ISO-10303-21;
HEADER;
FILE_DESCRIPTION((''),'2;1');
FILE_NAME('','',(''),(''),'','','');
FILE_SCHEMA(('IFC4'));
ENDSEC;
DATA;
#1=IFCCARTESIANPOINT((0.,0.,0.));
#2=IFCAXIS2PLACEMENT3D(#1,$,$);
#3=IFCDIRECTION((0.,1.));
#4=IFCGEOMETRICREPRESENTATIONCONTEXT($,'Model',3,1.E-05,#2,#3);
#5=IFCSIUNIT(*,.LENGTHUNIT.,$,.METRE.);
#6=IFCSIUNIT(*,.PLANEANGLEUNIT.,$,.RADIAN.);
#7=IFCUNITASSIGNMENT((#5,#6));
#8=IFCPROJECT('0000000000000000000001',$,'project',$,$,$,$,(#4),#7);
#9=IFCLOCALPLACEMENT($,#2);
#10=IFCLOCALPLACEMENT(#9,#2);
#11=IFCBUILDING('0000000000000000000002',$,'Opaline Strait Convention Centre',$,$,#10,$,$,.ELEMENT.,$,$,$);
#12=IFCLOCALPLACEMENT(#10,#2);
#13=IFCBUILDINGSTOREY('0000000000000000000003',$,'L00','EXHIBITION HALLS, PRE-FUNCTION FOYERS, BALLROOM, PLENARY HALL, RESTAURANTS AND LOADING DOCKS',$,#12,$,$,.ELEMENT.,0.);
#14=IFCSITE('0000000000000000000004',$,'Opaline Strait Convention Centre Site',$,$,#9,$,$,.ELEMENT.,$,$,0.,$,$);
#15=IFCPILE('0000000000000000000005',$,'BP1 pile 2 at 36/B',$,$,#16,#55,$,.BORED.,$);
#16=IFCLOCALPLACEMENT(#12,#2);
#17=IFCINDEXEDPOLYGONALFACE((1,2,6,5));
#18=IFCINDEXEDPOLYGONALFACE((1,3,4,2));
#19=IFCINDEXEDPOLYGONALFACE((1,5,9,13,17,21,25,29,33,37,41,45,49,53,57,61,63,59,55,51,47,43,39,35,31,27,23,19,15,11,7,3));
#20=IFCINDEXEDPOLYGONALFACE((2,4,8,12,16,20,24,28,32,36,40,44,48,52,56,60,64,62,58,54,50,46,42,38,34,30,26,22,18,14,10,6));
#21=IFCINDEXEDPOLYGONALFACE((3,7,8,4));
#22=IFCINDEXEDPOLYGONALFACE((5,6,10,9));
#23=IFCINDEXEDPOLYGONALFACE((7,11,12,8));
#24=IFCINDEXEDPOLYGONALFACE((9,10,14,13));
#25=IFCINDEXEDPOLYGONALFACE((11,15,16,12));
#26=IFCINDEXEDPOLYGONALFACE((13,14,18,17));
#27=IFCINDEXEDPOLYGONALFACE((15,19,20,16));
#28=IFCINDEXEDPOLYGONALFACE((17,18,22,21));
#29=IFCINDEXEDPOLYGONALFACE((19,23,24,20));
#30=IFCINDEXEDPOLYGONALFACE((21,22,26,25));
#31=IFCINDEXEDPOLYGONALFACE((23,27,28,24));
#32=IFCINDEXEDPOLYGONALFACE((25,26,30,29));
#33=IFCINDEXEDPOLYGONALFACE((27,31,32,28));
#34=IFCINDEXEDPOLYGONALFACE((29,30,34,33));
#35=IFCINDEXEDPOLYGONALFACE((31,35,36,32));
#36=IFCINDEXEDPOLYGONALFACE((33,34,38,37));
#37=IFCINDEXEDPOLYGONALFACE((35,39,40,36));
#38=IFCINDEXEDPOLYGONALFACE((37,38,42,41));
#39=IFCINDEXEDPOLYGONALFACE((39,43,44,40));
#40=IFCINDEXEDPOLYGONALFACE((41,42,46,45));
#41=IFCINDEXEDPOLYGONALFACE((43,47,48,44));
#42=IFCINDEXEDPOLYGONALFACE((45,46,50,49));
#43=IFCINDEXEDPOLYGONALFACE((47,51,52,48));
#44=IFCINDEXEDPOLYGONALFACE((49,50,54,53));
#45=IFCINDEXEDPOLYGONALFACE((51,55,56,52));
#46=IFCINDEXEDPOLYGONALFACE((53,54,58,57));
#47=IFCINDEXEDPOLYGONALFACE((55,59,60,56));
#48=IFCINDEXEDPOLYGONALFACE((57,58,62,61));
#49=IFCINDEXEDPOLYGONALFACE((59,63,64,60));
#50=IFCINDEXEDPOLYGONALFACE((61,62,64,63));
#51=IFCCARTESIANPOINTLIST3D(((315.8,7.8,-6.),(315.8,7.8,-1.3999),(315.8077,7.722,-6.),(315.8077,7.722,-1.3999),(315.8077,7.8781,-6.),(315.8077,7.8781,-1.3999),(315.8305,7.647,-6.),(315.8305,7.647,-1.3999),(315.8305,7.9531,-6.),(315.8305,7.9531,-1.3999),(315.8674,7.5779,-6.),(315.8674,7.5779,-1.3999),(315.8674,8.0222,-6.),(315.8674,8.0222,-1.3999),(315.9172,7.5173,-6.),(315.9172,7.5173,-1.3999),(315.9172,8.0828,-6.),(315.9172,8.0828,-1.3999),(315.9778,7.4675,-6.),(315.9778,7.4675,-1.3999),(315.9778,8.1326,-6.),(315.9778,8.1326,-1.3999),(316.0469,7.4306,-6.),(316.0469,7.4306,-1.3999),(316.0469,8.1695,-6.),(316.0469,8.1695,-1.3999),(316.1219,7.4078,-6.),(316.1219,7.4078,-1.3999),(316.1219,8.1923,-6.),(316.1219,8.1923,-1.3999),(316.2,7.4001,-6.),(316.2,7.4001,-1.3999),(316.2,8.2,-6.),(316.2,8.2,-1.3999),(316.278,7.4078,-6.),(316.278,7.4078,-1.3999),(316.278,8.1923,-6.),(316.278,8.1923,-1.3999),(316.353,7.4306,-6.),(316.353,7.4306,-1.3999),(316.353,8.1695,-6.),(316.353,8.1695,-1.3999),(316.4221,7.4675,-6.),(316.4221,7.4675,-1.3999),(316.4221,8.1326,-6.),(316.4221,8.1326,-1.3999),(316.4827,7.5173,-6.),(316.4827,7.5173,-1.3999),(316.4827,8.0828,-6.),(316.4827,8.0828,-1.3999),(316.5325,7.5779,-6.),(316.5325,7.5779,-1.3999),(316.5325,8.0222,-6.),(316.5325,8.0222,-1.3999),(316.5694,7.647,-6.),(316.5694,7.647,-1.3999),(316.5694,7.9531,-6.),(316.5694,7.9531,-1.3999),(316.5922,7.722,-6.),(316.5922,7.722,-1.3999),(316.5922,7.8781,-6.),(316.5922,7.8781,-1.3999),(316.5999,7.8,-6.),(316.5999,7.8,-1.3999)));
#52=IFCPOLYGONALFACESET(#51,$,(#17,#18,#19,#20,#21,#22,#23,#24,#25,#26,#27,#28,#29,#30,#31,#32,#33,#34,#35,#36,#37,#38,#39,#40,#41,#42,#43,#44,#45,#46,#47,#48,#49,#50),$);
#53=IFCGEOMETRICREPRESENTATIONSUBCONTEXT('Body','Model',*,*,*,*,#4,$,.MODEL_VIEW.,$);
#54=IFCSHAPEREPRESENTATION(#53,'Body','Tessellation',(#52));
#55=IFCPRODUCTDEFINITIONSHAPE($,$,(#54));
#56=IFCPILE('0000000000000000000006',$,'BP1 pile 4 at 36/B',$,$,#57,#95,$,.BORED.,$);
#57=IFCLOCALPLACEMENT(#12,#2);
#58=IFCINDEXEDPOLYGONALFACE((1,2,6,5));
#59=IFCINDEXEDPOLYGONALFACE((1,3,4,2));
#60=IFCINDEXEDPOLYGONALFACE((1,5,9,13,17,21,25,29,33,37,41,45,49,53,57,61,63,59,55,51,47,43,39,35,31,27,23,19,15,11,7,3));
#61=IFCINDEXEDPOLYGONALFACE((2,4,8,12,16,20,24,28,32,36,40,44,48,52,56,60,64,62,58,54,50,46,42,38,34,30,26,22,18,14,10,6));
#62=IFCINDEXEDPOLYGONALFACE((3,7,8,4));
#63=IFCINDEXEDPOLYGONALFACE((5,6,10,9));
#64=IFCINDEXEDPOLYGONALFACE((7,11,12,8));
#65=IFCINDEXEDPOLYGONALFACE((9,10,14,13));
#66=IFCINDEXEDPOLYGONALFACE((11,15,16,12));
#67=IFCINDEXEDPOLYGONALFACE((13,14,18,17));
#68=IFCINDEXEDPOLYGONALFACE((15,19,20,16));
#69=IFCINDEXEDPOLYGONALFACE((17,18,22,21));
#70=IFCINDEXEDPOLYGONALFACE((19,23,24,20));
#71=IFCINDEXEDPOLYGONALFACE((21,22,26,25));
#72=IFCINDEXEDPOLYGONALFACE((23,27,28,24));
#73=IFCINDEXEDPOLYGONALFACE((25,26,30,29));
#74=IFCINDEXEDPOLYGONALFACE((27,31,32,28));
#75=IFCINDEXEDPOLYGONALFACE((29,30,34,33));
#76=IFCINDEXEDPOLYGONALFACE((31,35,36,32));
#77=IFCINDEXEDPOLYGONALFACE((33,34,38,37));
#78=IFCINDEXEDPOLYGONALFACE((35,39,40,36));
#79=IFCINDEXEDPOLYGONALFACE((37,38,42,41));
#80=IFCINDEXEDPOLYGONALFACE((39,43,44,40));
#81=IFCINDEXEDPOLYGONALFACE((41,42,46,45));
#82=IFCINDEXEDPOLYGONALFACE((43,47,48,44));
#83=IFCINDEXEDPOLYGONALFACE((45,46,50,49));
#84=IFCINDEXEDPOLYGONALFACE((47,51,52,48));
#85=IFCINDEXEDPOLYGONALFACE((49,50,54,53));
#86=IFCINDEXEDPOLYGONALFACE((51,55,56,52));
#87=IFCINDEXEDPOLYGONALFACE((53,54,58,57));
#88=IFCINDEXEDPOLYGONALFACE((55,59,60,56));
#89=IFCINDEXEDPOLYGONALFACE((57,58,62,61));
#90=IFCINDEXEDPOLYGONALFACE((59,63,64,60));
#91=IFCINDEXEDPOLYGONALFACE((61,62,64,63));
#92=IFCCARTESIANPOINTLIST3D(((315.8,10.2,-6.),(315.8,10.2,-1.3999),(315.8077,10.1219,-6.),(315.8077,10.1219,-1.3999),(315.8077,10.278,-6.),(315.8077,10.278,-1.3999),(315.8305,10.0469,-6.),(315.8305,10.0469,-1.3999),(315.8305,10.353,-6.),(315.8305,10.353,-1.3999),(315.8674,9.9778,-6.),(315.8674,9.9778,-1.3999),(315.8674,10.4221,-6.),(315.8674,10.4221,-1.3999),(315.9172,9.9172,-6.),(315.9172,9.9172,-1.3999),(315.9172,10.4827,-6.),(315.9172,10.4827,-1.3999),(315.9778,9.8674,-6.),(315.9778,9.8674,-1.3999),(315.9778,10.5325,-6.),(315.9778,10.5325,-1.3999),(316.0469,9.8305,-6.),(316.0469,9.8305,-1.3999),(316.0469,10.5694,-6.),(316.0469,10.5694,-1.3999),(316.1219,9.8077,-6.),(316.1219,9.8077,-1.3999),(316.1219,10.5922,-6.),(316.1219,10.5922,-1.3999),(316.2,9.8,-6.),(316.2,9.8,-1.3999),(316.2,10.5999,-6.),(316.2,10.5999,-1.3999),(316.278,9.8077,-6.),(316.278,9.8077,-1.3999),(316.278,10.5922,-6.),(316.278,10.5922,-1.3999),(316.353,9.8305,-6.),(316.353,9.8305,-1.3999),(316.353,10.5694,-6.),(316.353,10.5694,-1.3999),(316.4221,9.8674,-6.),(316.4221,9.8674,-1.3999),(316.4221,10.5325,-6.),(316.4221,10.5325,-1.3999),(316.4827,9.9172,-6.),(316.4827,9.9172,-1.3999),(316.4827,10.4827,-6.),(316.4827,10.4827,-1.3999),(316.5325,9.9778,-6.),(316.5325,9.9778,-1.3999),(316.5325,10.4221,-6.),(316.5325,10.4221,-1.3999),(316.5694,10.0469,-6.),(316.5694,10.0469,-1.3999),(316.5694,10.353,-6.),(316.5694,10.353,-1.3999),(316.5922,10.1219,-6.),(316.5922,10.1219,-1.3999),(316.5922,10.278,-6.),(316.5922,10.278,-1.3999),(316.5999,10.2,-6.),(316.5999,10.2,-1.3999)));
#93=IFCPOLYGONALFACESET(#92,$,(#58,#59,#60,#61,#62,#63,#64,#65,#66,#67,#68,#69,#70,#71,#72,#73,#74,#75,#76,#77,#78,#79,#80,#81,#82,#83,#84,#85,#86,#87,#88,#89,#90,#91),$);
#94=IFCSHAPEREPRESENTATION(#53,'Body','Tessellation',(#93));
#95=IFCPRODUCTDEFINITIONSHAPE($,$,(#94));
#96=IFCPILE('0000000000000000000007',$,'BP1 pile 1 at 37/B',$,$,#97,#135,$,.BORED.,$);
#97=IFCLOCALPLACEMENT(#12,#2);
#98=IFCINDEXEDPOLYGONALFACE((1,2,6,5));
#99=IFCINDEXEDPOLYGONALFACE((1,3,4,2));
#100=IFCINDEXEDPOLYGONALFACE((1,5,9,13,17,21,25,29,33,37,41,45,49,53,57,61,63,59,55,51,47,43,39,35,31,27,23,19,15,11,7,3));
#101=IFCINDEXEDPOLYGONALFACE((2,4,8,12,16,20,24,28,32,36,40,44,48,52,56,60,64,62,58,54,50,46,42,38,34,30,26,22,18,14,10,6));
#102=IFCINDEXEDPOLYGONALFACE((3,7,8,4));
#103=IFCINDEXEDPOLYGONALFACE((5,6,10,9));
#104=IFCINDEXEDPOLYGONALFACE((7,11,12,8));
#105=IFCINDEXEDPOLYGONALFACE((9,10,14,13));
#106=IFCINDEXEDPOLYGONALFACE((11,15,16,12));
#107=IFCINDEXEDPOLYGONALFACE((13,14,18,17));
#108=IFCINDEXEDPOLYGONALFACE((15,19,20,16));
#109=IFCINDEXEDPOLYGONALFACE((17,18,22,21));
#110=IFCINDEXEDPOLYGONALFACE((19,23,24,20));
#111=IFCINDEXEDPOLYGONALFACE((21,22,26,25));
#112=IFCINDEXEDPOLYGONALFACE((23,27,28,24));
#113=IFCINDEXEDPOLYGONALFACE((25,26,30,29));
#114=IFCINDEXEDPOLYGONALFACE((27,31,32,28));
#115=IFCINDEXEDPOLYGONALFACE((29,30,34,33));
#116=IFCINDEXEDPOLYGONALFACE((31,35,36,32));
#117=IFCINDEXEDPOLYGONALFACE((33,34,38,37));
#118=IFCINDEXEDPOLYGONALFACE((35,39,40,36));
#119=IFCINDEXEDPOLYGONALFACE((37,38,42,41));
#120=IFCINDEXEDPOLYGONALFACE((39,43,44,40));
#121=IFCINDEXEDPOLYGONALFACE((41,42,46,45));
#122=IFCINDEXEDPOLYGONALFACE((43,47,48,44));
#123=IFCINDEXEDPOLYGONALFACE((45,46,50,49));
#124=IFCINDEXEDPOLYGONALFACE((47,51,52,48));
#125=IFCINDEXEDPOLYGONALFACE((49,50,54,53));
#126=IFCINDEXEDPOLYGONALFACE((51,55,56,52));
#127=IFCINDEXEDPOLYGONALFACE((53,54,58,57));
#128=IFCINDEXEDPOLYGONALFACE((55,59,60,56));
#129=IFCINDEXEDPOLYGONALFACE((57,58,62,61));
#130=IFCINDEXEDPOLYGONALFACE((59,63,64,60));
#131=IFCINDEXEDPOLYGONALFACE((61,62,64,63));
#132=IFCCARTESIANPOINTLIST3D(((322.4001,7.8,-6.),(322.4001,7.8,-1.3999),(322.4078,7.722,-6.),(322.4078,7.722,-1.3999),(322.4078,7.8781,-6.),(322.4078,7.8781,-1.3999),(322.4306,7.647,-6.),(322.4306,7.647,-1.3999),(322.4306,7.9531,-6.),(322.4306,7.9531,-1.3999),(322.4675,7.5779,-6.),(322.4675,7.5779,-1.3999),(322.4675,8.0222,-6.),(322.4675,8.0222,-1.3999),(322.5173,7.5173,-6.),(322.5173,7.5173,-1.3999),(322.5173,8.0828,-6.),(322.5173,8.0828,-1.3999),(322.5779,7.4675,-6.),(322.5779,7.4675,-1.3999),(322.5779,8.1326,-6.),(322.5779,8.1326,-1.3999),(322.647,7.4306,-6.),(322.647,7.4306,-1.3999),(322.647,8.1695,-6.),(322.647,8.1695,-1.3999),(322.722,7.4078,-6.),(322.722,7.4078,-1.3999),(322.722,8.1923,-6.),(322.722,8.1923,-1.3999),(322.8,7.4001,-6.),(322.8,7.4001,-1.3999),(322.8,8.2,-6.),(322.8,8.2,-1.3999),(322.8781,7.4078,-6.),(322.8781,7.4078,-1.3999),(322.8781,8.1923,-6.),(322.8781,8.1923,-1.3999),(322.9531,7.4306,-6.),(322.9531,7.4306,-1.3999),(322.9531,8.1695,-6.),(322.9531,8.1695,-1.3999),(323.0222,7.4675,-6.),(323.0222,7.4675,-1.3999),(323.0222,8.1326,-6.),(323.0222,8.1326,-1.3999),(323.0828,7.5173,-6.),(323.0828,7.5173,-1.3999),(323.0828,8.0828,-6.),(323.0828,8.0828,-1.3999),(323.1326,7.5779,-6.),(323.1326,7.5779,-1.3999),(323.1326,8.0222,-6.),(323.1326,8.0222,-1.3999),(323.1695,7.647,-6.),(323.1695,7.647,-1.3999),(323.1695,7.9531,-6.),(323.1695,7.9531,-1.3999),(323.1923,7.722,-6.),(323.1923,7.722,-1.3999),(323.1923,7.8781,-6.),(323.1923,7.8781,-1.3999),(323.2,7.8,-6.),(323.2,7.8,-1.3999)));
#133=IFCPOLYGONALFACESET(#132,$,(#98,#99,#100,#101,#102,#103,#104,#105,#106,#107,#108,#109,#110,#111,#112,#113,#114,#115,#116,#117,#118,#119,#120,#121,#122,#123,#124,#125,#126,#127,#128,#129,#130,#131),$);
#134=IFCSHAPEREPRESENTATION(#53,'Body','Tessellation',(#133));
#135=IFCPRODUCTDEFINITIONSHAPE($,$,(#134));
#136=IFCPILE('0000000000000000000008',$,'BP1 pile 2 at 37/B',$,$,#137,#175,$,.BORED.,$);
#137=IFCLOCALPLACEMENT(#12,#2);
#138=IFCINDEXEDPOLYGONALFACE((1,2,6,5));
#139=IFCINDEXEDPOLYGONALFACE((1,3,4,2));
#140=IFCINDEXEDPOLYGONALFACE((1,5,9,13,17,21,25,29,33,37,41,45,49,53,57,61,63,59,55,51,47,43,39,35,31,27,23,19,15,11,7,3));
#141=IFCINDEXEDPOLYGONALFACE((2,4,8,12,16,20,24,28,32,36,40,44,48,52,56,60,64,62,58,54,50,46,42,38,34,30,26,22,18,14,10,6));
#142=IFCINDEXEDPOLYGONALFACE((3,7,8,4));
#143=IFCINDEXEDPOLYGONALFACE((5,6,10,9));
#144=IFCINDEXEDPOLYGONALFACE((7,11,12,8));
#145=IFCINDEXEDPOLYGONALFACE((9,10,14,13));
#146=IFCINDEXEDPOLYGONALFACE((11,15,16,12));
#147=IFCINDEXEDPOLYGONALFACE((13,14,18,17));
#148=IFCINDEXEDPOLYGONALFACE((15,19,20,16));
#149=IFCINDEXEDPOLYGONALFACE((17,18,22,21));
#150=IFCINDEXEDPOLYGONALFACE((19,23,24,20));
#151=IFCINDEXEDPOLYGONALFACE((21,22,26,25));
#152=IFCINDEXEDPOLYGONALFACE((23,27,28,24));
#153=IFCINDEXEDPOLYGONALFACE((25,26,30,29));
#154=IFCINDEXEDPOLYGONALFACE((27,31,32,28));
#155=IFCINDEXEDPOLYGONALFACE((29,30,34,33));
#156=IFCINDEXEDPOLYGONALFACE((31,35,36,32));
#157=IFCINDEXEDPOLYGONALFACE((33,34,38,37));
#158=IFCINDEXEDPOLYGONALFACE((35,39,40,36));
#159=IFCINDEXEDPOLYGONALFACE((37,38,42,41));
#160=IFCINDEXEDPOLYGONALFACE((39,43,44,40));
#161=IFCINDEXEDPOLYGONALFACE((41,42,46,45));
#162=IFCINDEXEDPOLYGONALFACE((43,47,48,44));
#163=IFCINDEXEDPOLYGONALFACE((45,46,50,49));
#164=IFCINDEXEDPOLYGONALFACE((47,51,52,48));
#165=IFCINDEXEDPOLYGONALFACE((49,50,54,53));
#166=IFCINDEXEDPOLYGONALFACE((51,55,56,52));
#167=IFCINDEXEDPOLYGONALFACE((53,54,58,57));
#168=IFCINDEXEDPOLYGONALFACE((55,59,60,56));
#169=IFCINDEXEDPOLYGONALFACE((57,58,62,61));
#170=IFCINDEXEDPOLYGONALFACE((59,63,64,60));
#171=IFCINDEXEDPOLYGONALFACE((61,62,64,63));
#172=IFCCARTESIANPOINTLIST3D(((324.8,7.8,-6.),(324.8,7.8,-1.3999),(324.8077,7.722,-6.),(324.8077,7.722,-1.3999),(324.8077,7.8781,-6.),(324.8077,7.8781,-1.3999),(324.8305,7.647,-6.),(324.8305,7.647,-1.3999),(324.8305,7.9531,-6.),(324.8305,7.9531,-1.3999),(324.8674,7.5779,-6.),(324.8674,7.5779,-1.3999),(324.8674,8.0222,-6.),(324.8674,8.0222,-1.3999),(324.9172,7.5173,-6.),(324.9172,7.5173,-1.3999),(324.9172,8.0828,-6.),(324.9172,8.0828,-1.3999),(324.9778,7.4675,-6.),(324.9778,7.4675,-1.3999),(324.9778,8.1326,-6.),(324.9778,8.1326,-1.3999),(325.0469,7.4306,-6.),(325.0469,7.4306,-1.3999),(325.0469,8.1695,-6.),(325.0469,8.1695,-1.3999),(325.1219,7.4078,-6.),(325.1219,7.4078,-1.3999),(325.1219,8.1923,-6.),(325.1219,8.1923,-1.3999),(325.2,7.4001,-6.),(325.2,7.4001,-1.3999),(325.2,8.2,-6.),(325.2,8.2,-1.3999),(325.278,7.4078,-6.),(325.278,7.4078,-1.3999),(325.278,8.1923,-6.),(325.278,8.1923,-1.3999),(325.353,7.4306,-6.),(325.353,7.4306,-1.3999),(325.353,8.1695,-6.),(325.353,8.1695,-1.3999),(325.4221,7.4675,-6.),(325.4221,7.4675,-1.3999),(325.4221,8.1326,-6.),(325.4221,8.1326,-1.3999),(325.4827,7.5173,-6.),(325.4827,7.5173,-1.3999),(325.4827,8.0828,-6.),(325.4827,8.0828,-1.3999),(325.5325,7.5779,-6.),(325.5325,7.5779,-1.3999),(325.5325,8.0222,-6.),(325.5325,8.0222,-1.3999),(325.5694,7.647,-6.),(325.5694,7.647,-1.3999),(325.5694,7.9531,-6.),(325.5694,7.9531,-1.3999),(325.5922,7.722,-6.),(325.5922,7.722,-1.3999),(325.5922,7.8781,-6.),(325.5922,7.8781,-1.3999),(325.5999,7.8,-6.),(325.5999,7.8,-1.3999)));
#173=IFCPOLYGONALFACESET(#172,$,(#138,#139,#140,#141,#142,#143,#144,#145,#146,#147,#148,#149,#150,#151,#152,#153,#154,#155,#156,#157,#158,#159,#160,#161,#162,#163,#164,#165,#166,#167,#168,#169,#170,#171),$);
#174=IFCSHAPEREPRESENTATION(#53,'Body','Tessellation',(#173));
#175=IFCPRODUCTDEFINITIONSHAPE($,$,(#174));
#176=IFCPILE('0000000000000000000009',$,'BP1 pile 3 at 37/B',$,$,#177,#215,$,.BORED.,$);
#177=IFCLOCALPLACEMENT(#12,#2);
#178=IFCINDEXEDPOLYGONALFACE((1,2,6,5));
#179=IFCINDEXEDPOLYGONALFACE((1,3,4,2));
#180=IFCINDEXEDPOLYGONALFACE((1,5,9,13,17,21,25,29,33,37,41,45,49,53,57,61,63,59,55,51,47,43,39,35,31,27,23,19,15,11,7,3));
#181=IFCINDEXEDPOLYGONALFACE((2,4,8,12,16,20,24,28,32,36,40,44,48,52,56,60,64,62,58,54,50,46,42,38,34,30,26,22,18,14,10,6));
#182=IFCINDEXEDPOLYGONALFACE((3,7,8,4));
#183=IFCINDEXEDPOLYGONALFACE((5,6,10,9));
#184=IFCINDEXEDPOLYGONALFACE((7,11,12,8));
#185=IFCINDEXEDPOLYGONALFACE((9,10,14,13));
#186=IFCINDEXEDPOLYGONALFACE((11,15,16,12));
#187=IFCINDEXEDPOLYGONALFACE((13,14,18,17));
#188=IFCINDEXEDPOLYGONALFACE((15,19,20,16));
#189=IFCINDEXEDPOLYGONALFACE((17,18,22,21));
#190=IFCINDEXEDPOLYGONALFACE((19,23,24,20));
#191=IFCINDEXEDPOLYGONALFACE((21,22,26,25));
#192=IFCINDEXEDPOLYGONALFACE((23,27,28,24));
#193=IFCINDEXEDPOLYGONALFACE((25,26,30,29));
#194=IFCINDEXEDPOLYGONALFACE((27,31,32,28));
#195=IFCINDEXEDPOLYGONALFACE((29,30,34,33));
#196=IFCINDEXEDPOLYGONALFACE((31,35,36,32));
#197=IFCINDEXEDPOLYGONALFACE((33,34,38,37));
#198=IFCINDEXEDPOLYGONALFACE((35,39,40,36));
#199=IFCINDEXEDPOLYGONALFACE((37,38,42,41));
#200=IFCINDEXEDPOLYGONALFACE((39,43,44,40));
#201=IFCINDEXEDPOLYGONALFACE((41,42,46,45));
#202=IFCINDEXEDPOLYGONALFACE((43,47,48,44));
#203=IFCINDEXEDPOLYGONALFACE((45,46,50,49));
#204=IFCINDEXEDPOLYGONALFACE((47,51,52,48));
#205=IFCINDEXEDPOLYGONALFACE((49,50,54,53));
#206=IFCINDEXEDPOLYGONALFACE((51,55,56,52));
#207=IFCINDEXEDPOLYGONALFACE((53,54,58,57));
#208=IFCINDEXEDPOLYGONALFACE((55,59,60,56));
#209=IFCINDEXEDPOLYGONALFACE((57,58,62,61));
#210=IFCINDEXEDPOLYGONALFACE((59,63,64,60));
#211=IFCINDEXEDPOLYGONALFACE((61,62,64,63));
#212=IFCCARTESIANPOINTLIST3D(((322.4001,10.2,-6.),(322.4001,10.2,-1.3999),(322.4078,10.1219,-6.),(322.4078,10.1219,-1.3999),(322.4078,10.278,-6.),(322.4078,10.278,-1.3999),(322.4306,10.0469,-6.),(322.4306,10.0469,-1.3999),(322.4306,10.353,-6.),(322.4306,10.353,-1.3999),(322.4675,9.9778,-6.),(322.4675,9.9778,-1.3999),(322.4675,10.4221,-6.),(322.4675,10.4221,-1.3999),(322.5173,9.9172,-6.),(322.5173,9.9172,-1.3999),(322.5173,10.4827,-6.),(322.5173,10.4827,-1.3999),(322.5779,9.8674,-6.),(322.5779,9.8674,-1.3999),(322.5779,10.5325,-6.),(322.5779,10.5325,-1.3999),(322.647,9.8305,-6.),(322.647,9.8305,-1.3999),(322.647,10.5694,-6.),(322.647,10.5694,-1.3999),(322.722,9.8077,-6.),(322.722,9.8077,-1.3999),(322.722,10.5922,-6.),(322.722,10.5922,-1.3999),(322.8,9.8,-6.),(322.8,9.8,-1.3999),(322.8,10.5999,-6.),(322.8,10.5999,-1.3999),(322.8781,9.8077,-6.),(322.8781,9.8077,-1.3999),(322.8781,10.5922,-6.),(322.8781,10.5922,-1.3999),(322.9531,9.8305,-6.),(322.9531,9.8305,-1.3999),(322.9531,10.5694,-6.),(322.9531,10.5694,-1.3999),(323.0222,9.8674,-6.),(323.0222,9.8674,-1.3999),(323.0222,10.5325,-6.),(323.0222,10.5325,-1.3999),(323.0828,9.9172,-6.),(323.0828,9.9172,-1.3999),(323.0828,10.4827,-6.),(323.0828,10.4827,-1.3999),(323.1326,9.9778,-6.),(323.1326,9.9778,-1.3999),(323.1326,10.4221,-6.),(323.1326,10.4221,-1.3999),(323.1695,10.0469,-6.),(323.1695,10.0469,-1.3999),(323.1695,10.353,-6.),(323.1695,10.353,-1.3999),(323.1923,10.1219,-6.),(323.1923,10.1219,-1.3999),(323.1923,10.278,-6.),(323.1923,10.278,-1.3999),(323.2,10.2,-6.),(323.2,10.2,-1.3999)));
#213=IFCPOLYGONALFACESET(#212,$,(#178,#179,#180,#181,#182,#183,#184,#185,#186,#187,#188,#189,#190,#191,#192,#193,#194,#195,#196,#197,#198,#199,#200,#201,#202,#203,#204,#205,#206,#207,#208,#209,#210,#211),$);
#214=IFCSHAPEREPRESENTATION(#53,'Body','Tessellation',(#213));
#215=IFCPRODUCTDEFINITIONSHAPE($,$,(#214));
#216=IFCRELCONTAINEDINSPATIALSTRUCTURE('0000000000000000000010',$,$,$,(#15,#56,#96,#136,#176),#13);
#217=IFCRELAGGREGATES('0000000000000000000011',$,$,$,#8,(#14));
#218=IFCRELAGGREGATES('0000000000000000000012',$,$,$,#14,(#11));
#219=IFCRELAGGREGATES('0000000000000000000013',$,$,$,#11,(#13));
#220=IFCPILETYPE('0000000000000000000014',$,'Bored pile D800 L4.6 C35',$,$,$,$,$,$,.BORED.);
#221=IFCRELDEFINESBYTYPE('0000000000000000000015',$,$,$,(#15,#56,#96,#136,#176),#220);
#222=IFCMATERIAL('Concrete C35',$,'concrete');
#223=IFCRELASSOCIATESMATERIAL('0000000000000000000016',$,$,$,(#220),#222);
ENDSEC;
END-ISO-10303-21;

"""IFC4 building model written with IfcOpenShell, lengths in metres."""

from ifc_helpers import new_model, si_unit, direction, frame, origin, origin_2d, place, context, subcontext, project, spatial, circle, extrude, material, material_profile, profile_set, type_object, element, save


model = new_model("IFC4")

# Units and contexts
model_context = context("Model", 3, precision=1e-05, world=origin(), true_north=direction((0.0, 1.0)))
body_context = subcontext(model_context, "Body", "Model", "MODEL_VIEW")
ifc_project = project(units=[si_unit("LENGTHUNIT", "METRE"), si_unit("PLANEANGLEUNIT", "RADIAN")], contexts=[model_context])

# Site, building, storey
site_placement = place(None, origin())
site = spatial("IfcSite", under=ifc_project, at=site_placement, Name="Opaline Strait Convention Centre Site", CompositionType="ELEMENT", RefElevation=0.0)
building_placement = place(site_placement, origin())
building = spatial("IfcBuilding", under=site, at=building_placement, Name="Opaline Strait Convention Centre", CompositionType="ELEMENT")
storey_placement = place(building_placement, origin())
storey = spatial("IfcBuildingStorey", under=building, at=storey_placement, Name="L00", Description="EXHIBITION HALLS, PRE-FUNCTION FOYERS, BALLROOM, PLENARY HALL, RESTAURANTS AND LOADING DOCKS", CompositionType="ELEMENT", Elevation=0.0)

# Piles
ifc_material_1 = material(Name="Concrete C35", Category="concrete")
ifc_material_profile_1 = material_profile(ifc_material_1, circle(Radius=0.3999, at=origin_2d()), Name="D800")
ifc_profile_set_1 = profile_set([ifc_material_profile_1], Name="Concrete C35")
pile_type = type_object("IfcPileType", Name="Bored pile D800 L4.6 C35", PredefinedType="BORED", material=ifc_profile_set_1)
for number, where, z_axis, x_axis, name in (
    (1, (316.2, 7.8, -1.3999), (0.0, 0.0, -1.0), (1.0, 0.0, 0.0), "BP1 pile 2 at 36/B"),
    (2, (316.2, 10.2, -1.3999), (0.0, 0.0, -1.0), (1.0, 0.0, 0.0), "BP1 pile 4 at 36/B"),
    (3, (322.8, 7.8, -1.3999), (0.0, 0.0, -1.0), (1.0, 0.0, 0.0), "BP1 pile 1 at 37/B"),
    (4, (325.2, 7.8, -1.3999), (0.0, 0.0, -1.0), (1.0, 0.0, 0.0), "BP1 pile 2 at 37/B"),
    (5, (322.8, 10.2, -1.3999), (0.0, 0.0, -1.0), (1.0, 0.0, 0.0), "BP1 pile 3 at 37/B"),
):
    element("IfcPile", number, at=place(storey_placement, frame(where, z_axis=z_axis, x_axis=x_axis)), inside=storey, type_object=pile_type, Name=name, PredefinedType="BORED", context=body_context, shape_type="SweptSolid", body=[
        extrude(circle(Radius=0.3999, at=origin_2d()), origin(), (0.0, 0.0, 1.0), 4.6001),
    ])

save(model, "model.ifc")
